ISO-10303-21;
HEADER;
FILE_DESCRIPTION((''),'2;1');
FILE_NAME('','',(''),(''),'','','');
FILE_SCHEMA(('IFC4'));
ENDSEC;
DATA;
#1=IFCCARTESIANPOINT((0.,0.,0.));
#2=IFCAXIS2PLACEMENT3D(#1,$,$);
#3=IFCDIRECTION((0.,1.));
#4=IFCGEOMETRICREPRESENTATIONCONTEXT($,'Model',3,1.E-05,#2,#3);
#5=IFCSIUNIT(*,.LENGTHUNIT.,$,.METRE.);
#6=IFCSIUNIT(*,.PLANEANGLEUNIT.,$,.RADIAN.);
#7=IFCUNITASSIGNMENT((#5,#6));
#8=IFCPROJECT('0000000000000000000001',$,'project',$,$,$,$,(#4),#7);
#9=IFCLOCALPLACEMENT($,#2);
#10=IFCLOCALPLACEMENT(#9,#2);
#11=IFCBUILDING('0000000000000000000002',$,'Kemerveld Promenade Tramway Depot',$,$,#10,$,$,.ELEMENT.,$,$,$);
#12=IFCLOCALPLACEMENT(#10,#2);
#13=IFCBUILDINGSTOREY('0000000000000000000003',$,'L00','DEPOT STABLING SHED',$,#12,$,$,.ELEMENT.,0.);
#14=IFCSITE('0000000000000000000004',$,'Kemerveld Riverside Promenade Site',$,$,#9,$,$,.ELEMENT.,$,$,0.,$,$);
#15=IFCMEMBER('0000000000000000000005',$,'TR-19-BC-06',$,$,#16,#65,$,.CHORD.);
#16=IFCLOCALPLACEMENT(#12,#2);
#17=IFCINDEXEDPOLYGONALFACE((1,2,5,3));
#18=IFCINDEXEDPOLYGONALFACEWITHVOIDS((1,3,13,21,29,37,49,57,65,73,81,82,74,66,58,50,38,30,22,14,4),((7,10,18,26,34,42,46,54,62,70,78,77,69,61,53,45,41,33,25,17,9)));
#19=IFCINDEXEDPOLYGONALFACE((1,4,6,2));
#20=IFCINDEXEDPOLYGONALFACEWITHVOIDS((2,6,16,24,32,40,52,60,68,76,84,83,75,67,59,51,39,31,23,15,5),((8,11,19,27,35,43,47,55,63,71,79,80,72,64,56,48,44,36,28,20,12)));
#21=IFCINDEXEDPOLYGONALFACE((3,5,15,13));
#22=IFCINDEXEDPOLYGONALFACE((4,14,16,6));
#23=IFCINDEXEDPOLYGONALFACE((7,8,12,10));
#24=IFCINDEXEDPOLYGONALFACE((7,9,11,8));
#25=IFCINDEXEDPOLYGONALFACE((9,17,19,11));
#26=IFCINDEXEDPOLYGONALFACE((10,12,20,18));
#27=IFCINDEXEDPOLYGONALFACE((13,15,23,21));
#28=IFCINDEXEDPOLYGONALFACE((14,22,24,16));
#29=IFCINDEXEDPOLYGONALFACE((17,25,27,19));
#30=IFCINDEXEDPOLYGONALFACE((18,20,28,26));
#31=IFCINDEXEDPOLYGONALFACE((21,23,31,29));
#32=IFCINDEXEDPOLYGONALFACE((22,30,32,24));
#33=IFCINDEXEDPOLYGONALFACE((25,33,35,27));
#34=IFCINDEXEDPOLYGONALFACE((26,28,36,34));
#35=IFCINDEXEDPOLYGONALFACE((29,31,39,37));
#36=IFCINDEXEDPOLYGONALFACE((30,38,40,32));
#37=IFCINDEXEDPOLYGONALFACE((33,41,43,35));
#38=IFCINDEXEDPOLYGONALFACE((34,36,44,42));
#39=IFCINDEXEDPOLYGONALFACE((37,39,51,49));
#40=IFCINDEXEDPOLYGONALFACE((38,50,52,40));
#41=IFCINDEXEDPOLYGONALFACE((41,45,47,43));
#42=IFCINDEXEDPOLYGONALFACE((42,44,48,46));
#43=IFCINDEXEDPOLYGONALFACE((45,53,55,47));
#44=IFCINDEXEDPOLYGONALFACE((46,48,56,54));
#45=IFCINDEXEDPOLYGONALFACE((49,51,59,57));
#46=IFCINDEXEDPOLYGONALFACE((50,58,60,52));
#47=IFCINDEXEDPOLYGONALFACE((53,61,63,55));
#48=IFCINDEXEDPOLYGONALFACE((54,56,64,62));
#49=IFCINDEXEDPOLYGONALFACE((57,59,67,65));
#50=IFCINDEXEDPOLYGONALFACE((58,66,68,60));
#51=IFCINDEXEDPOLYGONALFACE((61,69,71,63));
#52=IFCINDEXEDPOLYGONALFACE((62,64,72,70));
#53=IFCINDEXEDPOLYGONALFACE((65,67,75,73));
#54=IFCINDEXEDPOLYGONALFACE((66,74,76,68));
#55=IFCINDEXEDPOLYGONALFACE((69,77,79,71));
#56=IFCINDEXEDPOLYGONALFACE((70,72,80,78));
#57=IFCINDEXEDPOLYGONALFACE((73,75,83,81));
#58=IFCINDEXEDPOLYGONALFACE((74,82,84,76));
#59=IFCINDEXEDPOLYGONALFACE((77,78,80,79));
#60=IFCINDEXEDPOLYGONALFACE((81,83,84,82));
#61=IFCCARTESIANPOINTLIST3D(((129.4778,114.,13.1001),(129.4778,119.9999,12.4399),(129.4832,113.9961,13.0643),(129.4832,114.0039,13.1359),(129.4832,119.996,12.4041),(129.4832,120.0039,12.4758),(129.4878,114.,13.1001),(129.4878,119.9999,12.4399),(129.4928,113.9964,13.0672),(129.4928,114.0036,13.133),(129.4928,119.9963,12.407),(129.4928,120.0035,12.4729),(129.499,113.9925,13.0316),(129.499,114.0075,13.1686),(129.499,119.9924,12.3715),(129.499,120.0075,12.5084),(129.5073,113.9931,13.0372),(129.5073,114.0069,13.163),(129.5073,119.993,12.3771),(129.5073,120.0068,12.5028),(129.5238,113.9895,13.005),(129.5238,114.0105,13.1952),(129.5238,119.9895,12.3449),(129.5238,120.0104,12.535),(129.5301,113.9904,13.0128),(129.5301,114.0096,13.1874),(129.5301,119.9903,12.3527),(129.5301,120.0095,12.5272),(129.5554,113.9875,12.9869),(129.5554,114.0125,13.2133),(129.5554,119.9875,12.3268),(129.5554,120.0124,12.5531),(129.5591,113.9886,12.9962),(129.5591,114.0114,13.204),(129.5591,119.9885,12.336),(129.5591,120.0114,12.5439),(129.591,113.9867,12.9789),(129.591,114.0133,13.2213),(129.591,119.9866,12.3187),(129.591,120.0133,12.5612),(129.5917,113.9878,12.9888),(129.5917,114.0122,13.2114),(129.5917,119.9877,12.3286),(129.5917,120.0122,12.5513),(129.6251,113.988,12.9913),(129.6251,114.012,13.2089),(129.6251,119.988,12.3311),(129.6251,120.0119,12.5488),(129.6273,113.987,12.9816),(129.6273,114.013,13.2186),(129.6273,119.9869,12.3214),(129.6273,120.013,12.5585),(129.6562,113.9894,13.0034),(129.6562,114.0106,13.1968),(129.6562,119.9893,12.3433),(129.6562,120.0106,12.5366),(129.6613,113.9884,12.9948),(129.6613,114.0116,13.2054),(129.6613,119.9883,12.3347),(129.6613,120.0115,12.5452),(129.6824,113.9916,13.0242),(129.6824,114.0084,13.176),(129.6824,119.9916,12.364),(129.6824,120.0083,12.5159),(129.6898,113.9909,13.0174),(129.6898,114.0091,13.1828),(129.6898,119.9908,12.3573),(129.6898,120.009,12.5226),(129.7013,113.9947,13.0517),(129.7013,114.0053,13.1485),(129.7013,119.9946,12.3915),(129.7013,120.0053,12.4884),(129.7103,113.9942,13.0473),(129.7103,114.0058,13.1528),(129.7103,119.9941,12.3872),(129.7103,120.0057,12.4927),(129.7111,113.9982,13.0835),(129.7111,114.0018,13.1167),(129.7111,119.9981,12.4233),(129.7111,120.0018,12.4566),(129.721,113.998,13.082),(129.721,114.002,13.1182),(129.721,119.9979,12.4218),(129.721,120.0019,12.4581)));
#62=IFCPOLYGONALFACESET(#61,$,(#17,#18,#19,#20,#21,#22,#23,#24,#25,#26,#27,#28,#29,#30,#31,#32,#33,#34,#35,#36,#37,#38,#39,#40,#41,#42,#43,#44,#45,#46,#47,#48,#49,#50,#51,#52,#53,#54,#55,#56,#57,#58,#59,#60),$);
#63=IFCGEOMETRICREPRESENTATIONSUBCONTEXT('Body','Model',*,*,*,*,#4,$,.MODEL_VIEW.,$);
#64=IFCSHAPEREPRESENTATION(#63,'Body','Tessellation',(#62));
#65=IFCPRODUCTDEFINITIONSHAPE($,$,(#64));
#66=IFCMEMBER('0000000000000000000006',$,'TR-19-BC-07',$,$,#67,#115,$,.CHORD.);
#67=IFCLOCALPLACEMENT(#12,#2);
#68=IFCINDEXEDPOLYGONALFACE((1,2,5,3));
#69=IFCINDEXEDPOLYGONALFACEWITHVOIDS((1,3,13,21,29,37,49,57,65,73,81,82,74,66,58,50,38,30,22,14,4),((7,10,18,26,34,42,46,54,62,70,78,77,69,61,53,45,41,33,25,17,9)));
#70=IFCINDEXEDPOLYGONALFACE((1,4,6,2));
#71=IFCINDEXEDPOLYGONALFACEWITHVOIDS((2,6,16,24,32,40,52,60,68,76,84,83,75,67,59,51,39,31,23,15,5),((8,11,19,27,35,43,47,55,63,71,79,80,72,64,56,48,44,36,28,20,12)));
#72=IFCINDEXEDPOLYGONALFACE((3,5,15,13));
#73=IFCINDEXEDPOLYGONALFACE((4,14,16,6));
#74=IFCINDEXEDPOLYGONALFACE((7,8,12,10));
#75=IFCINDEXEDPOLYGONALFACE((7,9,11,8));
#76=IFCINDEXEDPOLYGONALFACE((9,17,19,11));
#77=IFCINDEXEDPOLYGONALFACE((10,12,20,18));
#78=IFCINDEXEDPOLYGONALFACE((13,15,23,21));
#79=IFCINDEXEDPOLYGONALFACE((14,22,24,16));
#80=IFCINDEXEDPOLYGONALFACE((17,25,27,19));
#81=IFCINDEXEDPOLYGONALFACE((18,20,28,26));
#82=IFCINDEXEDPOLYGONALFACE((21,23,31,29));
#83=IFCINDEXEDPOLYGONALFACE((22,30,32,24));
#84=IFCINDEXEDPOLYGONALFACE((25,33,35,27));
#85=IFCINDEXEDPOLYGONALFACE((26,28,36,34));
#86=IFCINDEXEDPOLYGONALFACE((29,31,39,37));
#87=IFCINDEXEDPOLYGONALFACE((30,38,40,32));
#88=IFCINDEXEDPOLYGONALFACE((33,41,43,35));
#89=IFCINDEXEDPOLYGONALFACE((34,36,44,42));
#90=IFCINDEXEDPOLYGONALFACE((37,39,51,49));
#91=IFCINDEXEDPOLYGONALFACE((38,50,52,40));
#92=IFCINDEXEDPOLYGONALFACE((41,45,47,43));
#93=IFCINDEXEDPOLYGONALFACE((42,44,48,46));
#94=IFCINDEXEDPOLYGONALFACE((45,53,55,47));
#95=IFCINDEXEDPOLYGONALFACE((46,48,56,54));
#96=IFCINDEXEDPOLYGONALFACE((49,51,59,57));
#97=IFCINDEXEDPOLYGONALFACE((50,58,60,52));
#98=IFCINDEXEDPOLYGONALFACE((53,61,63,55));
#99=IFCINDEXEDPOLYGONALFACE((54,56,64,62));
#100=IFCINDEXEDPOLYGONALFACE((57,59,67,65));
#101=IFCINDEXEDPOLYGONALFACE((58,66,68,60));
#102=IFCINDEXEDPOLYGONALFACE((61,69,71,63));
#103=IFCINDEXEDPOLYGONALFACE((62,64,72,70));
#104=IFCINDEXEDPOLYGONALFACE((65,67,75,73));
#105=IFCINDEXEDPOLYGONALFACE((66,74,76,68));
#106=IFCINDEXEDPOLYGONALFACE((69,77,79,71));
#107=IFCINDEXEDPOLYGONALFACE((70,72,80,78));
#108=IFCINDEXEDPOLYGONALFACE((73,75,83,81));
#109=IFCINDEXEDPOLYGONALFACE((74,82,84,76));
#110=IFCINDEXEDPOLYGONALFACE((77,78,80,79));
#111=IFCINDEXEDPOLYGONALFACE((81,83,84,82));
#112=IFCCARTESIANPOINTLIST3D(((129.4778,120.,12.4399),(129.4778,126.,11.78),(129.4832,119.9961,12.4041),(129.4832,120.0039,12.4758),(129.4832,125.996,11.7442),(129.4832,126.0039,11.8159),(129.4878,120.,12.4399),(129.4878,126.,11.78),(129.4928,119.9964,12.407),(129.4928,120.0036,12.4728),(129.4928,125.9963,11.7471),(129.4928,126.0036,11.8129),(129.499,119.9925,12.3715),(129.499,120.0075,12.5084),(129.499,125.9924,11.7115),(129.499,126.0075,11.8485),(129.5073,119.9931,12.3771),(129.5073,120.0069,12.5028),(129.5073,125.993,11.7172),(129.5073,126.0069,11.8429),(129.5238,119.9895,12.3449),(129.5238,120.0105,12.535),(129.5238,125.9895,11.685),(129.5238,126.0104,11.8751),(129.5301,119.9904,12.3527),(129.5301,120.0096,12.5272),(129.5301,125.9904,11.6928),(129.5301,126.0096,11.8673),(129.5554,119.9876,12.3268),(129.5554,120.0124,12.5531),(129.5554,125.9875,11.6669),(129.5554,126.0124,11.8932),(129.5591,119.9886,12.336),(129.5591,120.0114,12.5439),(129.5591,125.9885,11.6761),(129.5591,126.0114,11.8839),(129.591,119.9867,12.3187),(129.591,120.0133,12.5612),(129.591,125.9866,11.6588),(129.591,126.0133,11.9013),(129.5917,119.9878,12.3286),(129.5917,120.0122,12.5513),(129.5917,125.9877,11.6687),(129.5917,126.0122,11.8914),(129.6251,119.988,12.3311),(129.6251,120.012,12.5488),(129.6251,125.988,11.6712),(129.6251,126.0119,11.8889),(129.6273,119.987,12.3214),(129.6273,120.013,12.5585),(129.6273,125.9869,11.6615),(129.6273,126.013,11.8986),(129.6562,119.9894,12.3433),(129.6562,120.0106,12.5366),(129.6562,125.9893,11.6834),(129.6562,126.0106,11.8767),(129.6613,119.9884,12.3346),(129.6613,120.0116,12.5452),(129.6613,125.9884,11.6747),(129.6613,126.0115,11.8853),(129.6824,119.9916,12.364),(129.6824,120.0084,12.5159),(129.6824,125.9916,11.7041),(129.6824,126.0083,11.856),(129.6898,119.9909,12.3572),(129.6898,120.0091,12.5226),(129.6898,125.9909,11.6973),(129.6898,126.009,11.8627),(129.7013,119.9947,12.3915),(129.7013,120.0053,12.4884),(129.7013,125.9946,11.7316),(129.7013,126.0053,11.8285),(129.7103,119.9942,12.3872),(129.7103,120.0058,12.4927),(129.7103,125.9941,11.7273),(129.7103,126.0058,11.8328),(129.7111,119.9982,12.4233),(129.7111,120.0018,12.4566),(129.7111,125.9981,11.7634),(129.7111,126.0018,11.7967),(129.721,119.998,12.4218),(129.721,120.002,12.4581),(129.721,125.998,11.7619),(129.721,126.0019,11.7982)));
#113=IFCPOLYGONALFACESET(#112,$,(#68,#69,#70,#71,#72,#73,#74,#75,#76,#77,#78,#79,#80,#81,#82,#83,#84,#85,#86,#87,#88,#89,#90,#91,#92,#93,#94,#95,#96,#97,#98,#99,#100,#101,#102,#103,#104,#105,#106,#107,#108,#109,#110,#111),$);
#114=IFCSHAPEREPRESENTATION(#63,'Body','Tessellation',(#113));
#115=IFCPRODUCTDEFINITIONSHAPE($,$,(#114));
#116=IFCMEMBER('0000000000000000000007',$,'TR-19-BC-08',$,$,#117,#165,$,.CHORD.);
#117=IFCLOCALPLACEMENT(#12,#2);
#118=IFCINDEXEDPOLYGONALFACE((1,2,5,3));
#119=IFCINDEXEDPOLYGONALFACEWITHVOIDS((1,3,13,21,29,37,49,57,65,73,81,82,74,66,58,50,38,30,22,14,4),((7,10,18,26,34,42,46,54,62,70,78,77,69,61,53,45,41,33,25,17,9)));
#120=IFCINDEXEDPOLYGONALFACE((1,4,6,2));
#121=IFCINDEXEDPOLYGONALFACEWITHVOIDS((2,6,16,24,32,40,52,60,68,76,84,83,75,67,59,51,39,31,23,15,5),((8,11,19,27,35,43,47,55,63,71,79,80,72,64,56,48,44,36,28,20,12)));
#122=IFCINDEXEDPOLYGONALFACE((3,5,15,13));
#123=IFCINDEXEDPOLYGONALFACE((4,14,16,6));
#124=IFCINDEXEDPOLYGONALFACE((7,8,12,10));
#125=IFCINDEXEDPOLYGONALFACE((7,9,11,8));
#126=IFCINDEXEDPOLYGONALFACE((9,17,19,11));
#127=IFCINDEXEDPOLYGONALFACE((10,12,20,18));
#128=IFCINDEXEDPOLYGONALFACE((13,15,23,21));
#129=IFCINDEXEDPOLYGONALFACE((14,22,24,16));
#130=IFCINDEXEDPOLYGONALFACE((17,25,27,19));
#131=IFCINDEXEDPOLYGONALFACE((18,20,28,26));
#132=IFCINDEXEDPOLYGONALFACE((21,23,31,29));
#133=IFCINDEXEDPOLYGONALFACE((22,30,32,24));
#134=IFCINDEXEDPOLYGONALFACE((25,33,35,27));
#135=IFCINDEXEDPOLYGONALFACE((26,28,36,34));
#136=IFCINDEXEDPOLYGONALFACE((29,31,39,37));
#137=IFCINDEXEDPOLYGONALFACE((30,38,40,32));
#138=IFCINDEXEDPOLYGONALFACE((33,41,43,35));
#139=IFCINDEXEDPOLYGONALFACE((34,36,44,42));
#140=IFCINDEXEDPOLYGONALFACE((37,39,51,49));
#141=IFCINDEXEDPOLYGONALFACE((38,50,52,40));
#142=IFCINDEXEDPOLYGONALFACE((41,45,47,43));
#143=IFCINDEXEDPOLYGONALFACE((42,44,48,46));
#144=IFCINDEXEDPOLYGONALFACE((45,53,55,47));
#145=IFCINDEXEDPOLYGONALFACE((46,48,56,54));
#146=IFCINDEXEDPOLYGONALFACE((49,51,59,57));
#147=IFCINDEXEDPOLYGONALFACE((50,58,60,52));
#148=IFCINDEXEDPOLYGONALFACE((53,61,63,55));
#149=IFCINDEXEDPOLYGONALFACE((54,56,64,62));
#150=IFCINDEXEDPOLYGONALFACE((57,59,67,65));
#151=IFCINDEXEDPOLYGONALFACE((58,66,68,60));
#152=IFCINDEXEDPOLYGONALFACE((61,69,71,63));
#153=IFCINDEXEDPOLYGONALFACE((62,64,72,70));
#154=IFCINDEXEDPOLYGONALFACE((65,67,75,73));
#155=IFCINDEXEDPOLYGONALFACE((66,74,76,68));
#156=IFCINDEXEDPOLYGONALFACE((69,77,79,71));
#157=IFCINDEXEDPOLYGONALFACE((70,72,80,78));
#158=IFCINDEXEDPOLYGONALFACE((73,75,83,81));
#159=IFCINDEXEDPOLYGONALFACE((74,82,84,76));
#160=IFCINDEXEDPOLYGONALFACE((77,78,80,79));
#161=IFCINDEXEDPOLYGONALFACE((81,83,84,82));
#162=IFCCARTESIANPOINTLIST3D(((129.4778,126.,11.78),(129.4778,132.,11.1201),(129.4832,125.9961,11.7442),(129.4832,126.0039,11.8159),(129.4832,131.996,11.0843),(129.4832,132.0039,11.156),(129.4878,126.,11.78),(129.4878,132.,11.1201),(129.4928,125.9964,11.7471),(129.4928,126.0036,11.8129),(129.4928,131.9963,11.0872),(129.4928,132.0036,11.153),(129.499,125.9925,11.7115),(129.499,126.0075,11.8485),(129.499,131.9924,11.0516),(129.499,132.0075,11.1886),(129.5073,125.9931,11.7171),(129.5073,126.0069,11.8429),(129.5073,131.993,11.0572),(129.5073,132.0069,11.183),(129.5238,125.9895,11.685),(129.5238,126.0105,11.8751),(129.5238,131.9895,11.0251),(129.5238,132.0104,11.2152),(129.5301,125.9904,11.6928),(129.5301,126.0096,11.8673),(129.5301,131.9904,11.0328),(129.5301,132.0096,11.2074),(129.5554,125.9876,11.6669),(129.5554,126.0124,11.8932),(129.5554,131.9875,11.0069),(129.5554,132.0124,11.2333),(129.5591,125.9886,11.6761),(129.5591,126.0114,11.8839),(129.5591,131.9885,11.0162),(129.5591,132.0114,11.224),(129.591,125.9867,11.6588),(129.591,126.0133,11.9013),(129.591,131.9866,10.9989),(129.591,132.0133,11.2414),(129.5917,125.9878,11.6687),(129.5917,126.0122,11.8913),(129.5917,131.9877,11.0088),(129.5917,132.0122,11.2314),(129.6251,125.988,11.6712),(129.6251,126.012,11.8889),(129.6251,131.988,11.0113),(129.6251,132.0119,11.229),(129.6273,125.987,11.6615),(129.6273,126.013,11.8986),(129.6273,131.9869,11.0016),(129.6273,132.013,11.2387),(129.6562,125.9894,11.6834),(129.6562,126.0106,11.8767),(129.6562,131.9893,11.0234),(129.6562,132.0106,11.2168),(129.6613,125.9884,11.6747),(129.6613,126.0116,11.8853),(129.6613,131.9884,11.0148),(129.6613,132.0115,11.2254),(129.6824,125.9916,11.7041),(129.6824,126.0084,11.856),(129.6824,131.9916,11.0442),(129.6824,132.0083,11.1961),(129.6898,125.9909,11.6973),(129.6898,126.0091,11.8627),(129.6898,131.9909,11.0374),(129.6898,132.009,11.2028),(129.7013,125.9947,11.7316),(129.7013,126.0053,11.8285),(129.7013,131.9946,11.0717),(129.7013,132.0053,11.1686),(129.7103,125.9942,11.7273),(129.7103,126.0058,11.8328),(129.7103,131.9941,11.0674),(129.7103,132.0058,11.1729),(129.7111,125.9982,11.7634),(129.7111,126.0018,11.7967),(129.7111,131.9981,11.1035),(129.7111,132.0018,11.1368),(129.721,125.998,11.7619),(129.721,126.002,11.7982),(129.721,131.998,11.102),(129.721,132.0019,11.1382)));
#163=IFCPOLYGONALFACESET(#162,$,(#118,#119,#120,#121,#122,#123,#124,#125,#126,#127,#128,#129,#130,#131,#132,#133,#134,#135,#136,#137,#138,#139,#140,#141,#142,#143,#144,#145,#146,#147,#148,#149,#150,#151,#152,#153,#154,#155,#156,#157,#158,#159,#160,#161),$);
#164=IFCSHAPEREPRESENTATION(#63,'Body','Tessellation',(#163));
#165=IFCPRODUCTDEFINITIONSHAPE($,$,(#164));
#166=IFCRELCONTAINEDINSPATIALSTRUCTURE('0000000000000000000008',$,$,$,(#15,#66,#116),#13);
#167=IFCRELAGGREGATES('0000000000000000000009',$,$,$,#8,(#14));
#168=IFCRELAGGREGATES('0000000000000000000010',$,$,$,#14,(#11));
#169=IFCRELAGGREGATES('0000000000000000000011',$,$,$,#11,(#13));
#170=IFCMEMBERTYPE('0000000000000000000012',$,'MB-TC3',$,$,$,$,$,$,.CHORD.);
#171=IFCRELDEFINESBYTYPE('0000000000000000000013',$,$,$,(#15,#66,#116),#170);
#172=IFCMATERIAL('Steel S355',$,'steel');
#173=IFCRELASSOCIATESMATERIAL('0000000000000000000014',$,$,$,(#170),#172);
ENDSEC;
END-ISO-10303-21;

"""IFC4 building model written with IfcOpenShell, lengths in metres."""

from ifc_helpers import new_model, si_unit, direction, frame, origin, origin_2d, place, context, subcontext, project, spatial, hollow_circle, extrude, material, material_profile, profile_set, type_object, element, save


model = new_model("IFC4")

# Units and contexts
model_context = context("Model", 3, precision=1e-05, world=origin(), true_north=direction((0.0, 1.0)))
body_context = subcontext(model_context, "Body", "Model", "MODEL_VIEW")
ifc_project = project(units=[si_unit("LENGTHUNIT", "METRE"), si_unit("PLANEANGLEUNIT", "RADIAN")], contexts=[model_context])

# Site, building, storey
site_placement = place(None, origin())
site = spatial("IfcSite", under=ifc_project, at=site_placement, Name="Kemerveld Riverside Promenade Site", CompositionType="ELEMENT", RefElevation=0.0)
building_placement = place(site_placement, origin())
building = spatial("IfcBuilding", under=site, at=building_placement, Name="Kemerveld Promenade Tramway Depot", CompositionType="ELEMENT")
storey_placement = place(building_placement, origin())
storey = spatial("IfcBuildingStorey", under=building, at=storey_placement, Name="L00", Description="DEPOT STABLING SHED", CompositionType="ELEMENT", Elevation=0.0)

# Members
ifc_material_1 = material(Name="Steel S355", Category="steel")
ifc_material_profile_1 = material_profile(ifc_material_1, hollow_circle(Radius=0.1223, WallThickness=0.01, at=origin_2d()), Name="244.5x10.0 CHS")
ifc_profile_set_1 = profile_set([ifc_material_profile_1], Name="Steel S355")
member_type_1 = type_object("IfcMemberType", Name="MB-TC3", PredefinedType="CHORD", material=ifc_profile_set_1)
for number, where, z_axis, x_axis, name in (
    (1, (129.6001, 114.0, 13.1001), (0.0, 0.994002, -0.109366), (-1.0, 0.0, 0.0), "TR-19-BC-06"),
    (2, (129.6001, 120.0, 12.4399), (0.0, 0.994006, -0.109326), (-1.0, 0.0, 0.0), "TR-19-BC-07"),
    (3, (129.6001, 126.0, 11.78), (0.0, 0.994006, -0.109326), (-1.0, 0.0, 0.0), "TR-19-BC-08"),
):
    element("IfcMember", number, at=place(storey_placement, frame(where, z_axis=z_axis, x_axis=x_axis)), inside=storey, type_object=member_type_1, Name=name, PredefinedType="CHORD", context=body_context, shape_type="SweptSolid", body=[
        extrude(hollow_circle(Radius=0.1223, WallThickness=0.01, at=origin_2d()), origin(), (0.0, 0.0, 1.0), 6.0361),
    ])

save(model, "model.ifc")
